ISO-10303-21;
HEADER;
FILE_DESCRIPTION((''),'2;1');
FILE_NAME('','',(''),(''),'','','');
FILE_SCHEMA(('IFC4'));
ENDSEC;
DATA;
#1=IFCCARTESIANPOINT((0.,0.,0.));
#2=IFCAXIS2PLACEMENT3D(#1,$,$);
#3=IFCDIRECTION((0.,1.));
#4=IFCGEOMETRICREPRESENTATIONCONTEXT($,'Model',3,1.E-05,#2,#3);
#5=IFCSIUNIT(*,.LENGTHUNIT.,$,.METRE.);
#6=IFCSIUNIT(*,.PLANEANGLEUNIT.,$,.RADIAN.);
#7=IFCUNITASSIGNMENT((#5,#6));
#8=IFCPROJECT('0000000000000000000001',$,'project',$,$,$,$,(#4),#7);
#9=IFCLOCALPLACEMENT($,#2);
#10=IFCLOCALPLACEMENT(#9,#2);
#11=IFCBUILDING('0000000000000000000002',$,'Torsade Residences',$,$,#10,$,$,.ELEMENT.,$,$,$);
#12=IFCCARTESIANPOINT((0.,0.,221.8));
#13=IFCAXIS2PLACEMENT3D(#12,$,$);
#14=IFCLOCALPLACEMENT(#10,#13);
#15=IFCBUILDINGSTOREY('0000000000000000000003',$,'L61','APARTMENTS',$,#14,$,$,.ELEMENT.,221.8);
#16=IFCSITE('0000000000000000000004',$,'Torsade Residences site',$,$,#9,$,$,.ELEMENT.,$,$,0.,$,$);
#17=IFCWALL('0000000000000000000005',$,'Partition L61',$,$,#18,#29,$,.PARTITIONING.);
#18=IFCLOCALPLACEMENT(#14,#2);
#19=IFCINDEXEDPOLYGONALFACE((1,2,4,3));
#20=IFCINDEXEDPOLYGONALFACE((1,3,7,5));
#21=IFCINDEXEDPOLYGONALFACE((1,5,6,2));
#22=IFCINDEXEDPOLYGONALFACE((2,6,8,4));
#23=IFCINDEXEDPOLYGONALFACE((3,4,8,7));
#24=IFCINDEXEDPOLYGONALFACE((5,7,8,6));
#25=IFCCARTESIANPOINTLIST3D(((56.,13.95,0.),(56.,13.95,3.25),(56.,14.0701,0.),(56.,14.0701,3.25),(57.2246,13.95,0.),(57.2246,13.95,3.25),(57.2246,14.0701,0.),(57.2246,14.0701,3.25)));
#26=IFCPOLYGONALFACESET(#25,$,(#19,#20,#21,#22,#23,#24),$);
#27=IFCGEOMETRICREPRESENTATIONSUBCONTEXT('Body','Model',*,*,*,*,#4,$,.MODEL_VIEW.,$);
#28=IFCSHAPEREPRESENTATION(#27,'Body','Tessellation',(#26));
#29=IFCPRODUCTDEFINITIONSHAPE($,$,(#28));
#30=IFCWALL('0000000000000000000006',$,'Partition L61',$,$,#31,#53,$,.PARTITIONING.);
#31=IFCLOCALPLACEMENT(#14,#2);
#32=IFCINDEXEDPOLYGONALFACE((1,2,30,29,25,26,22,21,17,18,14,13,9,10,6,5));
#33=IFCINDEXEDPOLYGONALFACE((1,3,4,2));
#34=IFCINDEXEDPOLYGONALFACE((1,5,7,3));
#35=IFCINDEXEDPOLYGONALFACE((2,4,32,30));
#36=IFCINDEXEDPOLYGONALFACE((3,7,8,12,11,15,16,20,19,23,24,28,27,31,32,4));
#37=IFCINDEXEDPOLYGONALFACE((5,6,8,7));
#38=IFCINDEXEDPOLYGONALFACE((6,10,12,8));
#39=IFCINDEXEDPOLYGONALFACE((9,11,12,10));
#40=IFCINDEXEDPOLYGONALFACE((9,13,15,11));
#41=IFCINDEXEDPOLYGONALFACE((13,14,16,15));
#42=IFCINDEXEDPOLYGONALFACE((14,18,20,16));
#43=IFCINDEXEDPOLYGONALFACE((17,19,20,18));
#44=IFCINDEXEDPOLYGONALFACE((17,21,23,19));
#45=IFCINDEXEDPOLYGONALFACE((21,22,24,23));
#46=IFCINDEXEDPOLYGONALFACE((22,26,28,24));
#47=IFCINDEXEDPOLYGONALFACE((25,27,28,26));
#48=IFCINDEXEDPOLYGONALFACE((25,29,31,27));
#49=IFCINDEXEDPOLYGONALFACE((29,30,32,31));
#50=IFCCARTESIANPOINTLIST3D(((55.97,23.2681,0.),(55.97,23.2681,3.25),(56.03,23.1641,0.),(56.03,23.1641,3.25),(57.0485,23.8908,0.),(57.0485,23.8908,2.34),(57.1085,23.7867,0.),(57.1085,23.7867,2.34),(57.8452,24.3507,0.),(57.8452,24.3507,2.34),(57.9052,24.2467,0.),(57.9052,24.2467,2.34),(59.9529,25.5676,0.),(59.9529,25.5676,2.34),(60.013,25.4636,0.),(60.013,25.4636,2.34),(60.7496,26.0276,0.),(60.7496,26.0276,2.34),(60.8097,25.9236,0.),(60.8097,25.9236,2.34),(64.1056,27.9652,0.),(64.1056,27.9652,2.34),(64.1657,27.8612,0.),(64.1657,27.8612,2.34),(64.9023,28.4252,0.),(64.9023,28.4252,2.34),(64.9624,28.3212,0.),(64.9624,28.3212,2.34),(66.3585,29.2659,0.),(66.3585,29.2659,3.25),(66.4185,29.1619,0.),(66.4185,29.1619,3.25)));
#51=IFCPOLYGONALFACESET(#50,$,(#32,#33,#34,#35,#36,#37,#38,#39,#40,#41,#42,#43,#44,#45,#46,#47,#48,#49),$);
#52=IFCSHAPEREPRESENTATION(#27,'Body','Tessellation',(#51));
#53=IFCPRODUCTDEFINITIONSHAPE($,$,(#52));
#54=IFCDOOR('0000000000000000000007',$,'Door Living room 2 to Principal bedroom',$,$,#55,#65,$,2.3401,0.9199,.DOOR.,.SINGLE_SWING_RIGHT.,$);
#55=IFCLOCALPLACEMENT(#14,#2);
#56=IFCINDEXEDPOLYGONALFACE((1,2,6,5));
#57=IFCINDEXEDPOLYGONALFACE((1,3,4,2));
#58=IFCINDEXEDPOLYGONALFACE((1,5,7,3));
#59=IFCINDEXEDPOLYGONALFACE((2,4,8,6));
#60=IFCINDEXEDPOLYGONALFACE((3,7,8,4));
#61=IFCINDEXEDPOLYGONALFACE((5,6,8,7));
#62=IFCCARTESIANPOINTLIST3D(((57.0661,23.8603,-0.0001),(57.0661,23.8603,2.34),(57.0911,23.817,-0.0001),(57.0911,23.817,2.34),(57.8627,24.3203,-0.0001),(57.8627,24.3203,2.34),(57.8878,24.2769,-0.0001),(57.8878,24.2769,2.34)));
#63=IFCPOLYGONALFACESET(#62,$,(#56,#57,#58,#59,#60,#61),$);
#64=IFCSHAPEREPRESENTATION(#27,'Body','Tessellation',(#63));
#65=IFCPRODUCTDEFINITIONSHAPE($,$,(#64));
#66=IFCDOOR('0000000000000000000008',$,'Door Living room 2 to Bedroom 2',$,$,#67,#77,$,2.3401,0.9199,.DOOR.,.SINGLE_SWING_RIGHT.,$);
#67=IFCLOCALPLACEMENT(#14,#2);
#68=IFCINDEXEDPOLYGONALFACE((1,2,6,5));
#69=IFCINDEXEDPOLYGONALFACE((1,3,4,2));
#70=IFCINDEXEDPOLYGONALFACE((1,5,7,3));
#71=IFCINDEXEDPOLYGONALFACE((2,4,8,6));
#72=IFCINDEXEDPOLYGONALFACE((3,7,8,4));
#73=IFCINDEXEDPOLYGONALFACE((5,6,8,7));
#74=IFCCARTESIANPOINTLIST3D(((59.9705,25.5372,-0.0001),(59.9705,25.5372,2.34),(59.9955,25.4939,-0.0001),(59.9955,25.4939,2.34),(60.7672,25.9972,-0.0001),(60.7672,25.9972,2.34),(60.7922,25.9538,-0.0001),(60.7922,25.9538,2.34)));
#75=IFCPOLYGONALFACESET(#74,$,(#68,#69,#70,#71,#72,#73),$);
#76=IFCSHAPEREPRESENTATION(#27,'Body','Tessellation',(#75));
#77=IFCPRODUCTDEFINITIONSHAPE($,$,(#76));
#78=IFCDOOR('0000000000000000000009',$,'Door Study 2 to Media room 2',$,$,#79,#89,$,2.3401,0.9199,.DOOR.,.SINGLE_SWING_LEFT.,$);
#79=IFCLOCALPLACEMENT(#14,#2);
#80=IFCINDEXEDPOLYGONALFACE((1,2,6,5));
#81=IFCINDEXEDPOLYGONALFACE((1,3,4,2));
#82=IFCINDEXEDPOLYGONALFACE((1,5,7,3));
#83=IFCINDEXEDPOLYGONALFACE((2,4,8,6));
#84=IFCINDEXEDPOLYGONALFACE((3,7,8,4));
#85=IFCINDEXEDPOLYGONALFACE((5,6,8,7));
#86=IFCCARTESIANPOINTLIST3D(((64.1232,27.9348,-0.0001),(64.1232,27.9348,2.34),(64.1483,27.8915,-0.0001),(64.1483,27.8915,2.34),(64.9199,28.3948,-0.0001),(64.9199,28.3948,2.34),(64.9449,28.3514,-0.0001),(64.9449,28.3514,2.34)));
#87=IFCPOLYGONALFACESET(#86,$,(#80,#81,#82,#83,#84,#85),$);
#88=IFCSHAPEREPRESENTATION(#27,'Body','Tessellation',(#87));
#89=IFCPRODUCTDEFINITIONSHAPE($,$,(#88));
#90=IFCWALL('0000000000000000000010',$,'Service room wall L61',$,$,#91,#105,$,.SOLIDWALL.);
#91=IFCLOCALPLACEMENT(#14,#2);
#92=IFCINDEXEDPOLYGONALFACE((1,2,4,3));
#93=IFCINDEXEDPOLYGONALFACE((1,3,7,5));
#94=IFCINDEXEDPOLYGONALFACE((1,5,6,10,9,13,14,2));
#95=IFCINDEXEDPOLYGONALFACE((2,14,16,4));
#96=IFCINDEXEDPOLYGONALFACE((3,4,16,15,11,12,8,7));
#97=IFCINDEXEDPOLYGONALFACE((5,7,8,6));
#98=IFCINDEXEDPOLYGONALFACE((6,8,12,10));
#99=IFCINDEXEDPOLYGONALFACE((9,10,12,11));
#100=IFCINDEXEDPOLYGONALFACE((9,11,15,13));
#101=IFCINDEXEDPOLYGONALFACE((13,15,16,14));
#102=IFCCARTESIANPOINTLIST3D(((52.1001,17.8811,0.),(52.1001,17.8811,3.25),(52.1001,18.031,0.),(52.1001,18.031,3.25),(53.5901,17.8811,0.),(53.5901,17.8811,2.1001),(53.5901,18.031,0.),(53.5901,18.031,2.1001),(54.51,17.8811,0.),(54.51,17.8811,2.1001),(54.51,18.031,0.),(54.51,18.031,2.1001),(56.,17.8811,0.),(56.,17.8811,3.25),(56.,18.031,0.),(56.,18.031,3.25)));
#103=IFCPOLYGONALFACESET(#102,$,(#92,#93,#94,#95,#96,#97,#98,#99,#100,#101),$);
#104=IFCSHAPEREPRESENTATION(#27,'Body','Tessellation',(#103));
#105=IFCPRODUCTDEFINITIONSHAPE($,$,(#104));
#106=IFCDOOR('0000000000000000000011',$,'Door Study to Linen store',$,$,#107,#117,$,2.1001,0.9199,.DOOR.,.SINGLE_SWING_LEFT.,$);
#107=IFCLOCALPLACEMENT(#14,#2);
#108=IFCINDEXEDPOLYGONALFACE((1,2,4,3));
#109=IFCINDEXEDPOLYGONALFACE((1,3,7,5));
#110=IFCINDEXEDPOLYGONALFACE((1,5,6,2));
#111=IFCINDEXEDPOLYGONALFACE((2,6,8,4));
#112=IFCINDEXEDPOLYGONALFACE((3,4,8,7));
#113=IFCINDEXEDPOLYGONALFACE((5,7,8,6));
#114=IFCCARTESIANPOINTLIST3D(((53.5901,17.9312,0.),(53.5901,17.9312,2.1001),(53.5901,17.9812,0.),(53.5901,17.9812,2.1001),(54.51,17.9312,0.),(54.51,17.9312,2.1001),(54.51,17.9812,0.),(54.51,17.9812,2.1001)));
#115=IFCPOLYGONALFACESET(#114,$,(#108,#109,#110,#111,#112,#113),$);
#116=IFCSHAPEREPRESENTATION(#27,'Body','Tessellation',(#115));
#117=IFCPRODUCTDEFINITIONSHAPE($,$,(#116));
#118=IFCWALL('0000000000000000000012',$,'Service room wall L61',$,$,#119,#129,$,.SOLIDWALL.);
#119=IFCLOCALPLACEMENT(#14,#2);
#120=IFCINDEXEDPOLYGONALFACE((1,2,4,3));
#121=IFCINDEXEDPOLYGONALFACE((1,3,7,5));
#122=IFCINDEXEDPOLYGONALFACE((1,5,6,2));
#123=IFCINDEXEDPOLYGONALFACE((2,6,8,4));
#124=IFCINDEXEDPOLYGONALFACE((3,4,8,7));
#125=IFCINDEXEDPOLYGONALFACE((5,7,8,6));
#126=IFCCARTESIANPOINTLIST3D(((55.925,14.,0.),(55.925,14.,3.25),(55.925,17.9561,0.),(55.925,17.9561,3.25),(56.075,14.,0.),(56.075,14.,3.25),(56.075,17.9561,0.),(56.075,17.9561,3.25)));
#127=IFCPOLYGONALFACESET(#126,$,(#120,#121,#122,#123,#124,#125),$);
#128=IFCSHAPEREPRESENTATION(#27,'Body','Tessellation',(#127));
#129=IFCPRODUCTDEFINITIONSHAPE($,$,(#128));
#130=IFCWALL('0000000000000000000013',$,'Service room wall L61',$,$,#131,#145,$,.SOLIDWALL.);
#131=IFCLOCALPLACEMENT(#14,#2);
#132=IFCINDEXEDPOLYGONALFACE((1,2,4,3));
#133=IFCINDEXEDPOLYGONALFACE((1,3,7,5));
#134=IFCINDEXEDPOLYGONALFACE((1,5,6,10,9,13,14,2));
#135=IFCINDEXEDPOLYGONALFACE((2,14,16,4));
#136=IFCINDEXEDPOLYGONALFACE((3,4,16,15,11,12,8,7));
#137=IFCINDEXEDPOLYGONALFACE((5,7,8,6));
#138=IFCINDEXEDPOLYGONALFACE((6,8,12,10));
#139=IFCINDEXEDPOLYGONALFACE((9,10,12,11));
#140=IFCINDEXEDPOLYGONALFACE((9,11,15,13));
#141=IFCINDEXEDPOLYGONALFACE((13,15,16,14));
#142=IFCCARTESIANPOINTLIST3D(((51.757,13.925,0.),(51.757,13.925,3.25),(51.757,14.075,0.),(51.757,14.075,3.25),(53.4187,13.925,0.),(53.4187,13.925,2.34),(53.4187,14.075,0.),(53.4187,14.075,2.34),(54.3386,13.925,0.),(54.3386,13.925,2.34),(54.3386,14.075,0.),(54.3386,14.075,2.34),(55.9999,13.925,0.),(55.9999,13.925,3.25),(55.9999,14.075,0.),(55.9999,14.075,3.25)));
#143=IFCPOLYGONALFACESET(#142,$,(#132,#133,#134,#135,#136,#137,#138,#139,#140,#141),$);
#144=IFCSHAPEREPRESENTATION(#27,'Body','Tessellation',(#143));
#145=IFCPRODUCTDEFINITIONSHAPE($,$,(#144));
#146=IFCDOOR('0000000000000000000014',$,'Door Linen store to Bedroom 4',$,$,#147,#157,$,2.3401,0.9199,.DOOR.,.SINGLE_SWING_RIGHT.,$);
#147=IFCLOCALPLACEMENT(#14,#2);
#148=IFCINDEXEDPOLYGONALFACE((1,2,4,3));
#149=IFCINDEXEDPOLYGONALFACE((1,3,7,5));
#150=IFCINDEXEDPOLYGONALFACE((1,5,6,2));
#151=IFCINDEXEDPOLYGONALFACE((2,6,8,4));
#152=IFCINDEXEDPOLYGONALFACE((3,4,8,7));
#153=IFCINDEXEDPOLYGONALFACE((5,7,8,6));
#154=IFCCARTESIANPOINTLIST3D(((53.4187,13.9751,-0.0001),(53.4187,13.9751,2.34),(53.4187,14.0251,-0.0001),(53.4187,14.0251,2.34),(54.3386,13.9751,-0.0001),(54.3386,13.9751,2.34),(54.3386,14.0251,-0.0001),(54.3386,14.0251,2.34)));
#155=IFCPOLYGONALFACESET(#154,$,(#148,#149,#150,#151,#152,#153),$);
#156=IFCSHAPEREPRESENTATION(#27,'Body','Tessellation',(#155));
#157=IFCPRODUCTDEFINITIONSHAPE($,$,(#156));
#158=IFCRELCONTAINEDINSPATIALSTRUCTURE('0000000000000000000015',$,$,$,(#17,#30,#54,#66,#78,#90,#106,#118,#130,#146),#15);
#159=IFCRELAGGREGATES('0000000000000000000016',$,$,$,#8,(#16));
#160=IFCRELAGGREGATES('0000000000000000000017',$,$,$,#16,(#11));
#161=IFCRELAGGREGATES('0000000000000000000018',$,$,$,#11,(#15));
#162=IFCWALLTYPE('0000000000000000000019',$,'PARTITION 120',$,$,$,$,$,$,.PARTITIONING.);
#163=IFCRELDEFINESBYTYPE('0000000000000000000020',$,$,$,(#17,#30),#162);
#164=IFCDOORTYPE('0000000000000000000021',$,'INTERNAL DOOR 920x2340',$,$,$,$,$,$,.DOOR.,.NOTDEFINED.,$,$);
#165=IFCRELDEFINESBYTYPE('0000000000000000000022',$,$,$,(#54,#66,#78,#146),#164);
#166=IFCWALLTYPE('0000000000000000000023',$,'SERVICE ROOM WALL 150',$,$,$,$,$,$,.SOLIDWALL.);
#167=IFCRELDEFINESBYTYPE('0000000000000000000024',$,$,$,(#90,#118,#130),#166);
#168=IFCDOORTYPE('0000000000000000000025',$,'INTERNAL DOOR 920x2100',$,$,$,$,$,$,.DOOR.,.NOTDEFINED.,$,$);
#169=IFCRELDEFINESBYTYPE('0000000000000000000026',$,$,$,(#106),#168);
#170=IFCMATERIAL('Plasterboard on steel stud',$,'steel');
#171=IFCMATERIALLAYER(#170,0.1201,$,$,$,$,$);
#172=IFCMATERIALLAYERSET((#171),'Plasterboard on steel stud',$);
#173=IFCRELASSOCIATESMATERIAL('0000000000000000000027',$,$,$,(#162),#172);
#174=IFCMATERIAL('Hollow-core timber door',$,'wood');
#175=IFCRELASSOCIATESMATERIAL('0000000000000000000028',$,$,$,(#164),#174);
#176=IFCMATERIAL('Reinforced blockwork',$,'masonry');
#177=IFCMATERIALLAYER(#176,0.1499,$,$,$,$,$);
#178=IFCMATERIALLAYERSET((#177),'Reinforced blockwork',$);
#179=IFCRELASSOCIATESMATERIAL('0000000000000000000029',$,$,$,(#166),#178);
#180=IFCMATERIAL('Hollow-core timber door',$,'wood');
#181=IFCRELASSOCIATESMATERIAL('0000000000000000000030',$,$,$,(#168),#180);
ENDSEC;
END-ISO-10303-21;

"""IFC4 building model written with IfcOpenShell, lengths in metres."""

from ifc_helpers import new_model, si_unit, direction, frame, frame_2d, origin, place, context, subcontext, project, spatial, rectangle, extrude, material, layer, layer_set, type_object, element, fill, save


model = new_model("IFC4")

# Units and contexts
model_context = context("Model", 3, precision=1e-05, world=origin(), true_north=direction((0.0, 1.0)))
body_context = subcontext(model_context, "Body", "Model", "MODEL_VIEW")
ifc_project = project(units=[si_unit("LENGTHUNIT", "METRE"), si_unit("PLANEANGLEUNIT", "RADIAN")], contexts=[model_context])

# Site, building, storey
site_placement = place(None, origin())
site = spatial("IfcSite", under=ifc_project, at=site_placement, Name="Torsade Residences site", CompositionType="ELEMENT", RefElevation=0.0)
building_placement = place(site_placement, origin())
building = spatial("IfcBuilding", under=site, at=building_placement, Name="Torsade Residences", CompositionType="ELEMENT")
storey_placement = place(building_placement, frame((0.0, 0.0, 221.8)))
storey = spatial("IfcBuildingStorey", under=building, at=storey_placement, Name="L61", Description="APARTMENTS", CompositionType="ELEMENT", Elevation=221.8)

# Shared definitions
ifc_material_1 = material(Name="Plasterboard on steel stud", Category="steel")
ifc_layer_1 = layer(ifc_material_1, 0.1201)
ifc_layer_set_1 = layer_set([ifc_layer_1], Name="Plasterboard on steel stud")
wall_type_1 = type_object("IfcWallType", Name="PARTITION 120", PredefinedType="PARTITIONING", material=ifc_layer_set_1)
ifc_material_2 = material(Name="Hollow-core timber door", Category="wood")
door_type_1 = type_object("IfcDoorType", Name="INTERNAL DOOR 920x2340", OperationType="NOTDEFINED", PredefinedType="DOOR", material=ifc_material_2)

# Wall
wall_1_placement = place(storey_placement, frame((57.2246, 14.01, 0.0), z_axis=(0.0, 0.0, 1.0), x_axis=(-1.0, 0.0, 0.0)))
element("IfcWall", 1, at=wall_1_placement, inside=storey, type_object=wall_type_1, Name="Partition L61", PredefinedType="PARTITIONING", context=body_context, shape_type="SweptSolid", body=[
    extrude(rectangle(XDim=1.2246, YDim=0.1201, at=frame_2d((0.6123, 0.0))), origin(), (0.0, 0.0, 1.0), 3.25),
])

# Wall, openings, doors
wall_2_placement = place(storey_placement, frame((56.0, 23.2161, 0.0), z_axis=(0.0, 0.0, 1.0), x_axis=(0.866024, 0.500003, 0.0)))
wall_2 = element("IfcWall", 2, at=wall_2_placement, inside=storey, type_object=wall_type_1, Name="Partition L61", PredefinedType="PARTITIONING", context=body_context, shape_type="SweptSolid", body=[
    extrude(rectangle(XDim=11.9956, YDim=0.1201, at=frame_2d((5.9978, 0.0))), origin(), (0.0, 0.0, 1.0), 3.25),
])
opening_1_placement = place(wall_2_placement, frame((1.2454, 0.0, 0.0)))
opening_1 = element("IfcOpeningElement", 3, at=opening_1_placement, cuts=wall_2, PredefinedType="OPENING", context=body_context, shape_type="SweptSolid", body=[
    extrude(rectangle(XDim=0.9199, YDim=2.3401, at=frame_2d((0.46, 1.1699))), frame((0.0, 0.0701, 0.0), z_axis=(0.0, -1.0, 0.0), x_axis=(1.0, 0.0, 0.0)), (0.0, 0.0, 1.0), 0.1401),
])
opening_2_placement = place(wall_2_placement, frame((4.5991, 0.0, 0.0)))
opening_2 = element("IfcOpeningElement", 4, at=opening_2_placement, cuts=wall_2, PredefinedType="OPENING", context=body_context, shape_type="SweptSolid", body=[
    extrude(rectangle(XDim=0.9199, YDim=2.3401, at=frame_2d((0.46, 1.1699))), frame((0.0, 0.0701, 0.0), z_axis=(0.0, -1.0, 0.0), x_axis=(1.0, 0.0, 0.0)), (0.0, 0.0, 1.0), 0.1401),
])
opening_3_placement = place(wall_2_placement, frame((9.3943, 0.0, 0.0)))
opening_3 = element("IfcOpeningElement", 5, at=opening_3_placement, cuts=wall_2, PredefinedType="OPENING", context=body_context, shape_type="SweptSolid", body=[
    extrude(rectangle(XDim=0.9199, YDim=2.3401, at=frame_2d((0.46, 1.1699))), frame((0.0, 0.0701, 0.0), z_axis=(0.0, -1.0, 0.0), x_axis=(1.0, 0.0, 0.0)), (0.0, 0.0, 1.0), 0.1401),
])
door_1_placement = place(opening_1_placement, origin())
door_1 = element("IfcDoor", 6, at=door_1_placement, inside=storey, type_object=door_type_1, Name="Door Living room 2 to Principal bedroom", OperationType="SINGLE_SWING_RIGHT", OverallHeight=2.3401, OverallWidth=0.9199, PredefinedType="DOOR", context=body_context, shape_type="SweptSolid", body=[
    extrude(rectangle(XDim=0.9199, YDim=2.3401, at=frame_2d((0.46, 1.1699))), frame((0.0, 0.0249, 0.0), z_axis=(0.0, -1.0, 0.0), x_axis=(1.0, 0.0, 0.0)), (0.0, 0.0, 1.0), 0.05),
])
fill(opening_1, door_1)
door_2_placement = place(opening_2_placement, origin())
door_2 = element("IfcDoor", 7, at=door_2_placement, inside=storey, type_object=door_type_1, Name="Door Living room 2 to Bedroom 2", OperationType="SINGLE_SWING_RIGHT", OverallHeight=2.3401, OverallWidth=0.9199, PredefinedType="DOOR", context=body_context, shape_type="SweptSolid", body=[
    extrude(rectangle(XDim=0.9199, YDim=2.3401, at=frame_2d((0.46, 1.1699))), frame((0.0, 0.0249, 0.0), z_axis=(0.0, -1.0, 0.0), x_axis=(1.0, 0.0, 0.0)), (0.0, 0.0, 1.0), 0.05),
])
fill(opening_2, door_2)
door_3_placement = place(opening_3_placement, origin())
door_3 = element("IfcDoor", 8, at=door_3_placement, inside=storey, type_object=door_type_1, Name="Door Study 2 to Media room 2", OperationType="SINGLE_SWING_LEFT", OverallHeight=2.3401, OverallWidth=0.9199, PredefinedType="DOOR", context=body_context, shape_type="SweptSolid", body=[
    extrude(rectangle(XDim=0.9199, YDim=2.3401, at=frame_2d((0.46, 1.1699))), frame((0.0, 0.0249, 0.0), z_axis=(0.0, -1.0, 0.0), x_axis=(1.0, 0.0, 0.0)), (0.0, 0.0, 1.0), 0.05),
])
fill(opening_3, door_3)

# Wall, opening, door
ifc_material_3 = material(Name="Reinforced blockwork", Category="masonry")
ifc_layer_2 = layer(ifc_material_3, 0.1499)
ifc_layer_set_2 = layer_set([ifc_layer_2], Name="Reinforced blockwork")
wall_type_2 = type_object("IfcWallType", Name="SERVICE ROOM WALL 150", PredefinedType="SOLIDWALL", material=ifc_layer_set_2)
wall_3_placement = place(storey_placement, frame((56.0, 17.9561, 0.0), z_axis=(0.0, 0.0, 1.0), x_axis=(-1.0, 0.0, 0.0)))
wall_3 = element("IfcWall", 9, at=wall_3_placement, inside=storey, type_object=wall_type_2, Name="Service room wall L61", PredefinedType="SOLIDWALL", context=body_context, shape_type="SweptSolid", body=[
    extrude(rectangle(XDim=3.8999, YDim=0.1499, at=frame_2d((1.95, 0.0))), origin(), (0.0, 0.0, 1.0), 3.25),
])
opening_4_placement = place(wall_3_placement, frame((1.49, 0.0, 0.0)))
opening_4 = element("IfcOpeningElement", 10, at=opening_4_placement, cuts=wall_3, PredefinedType="OPENING", context=body_context, shape_type="SweptSolid", body=[
    extrude(rectangle(XDim=0.9199, YDim=2.1001, at=frame_2d((0.46, 1.05))), frame((0.0, 0.085, 0.0), z_axis=(0.0, -1.0, 0.0), x_axis=(1.0, 0.0, 0.0)), (0.0, 0.0, 1.0), 0.1699),
])
ifc_material_4 = material(Name="Hollow-core timber door", Category="wood")
door_type_2 = type_object("IfcDoorType", Name="INTERNAL DOOR 920x2100", OperationType="NOTDEFINED", PredefinedType="DOOR", material=ifc_material_4)
door_4_placement = place(opening_4_placement, origin())
door_4 = element("IfcDoor", 11, at=door_4_placement, inside=storey, type_object=door_type_2, Name="Door Study to Linen store", OperationType="SINGLE_SWING_LEFT", OverallHeight=2.1001, OverallWidth=0.9199, PredefinedType="DOOR", context=body_context, shape_type="SweptSolid", body=[
    extrude(rectangle(XDim=0.9199, YDim=2.1001, at=frame_2d((0.46, 1.05))), frame((0.0, 0.0249, 0.0), z_axis=(0.0, -1.0, 0.0), x_axis=(1.0, 0.0, 0.0)), (0.0, 0.0, 1.0), 0.05),
])
fill(opening_4, door_4)

# Wall
wall_4_placement = place(storey_placement, frame((56.0, 17.9561, 0.0), z_axis=(0.0, 0.0, 1.0), x_axis=(0.0, -1.0, 0.0)))
element("IfcWall", 12, at=wall_4_placement, inside=storey, type_object=wall_type_2, Name="Service room wall L61", PredefinedType="SOLIDWALL", context=body_context, shape_type="SweptSolid", body=[
    extrude(rectangle(XDim=3.9561, YDim=0.1499, at=frame_2d((1.978, 0.0))), origin(), (0.0, 0.0, 1.0), 3.25),
])

# Wall, opening, door
wall_5_placement = place(storey_placement, frame((56.0, 14.0, 0.0), z_axis=(0.0, 0.0, 1.0), x_axis=(-1.0, 0.0, 0.0)))
wall_5 = element("IfcWall", 13, at=wall_5_placement, inside=storey, type_object=wall_type_2, Name="Service room wall L61", PredefinedType="SOLIDWALL", context=body_context, shape_type="SweptSolid", body=[
    extrude(rectangle(XDim=4.2429, YDim=0.1499, at=frame_2d((2.1216, 0.0))), origin(), (0.0, 0.0, 1.0), 3.25),
])
opening_5_placement = place(wall_5_placement, frame((1.6614, 0.0, 0.0)))
opening_5 = element("IfcOpeningElement", 14, at=opening_5_placement, cuts=wall_5, PredefinedType="OPENING", context=body_context, shape_type="SweptSolid", body=[
    extrude(rectangle(XDim=0.9199, YDim=2.3401, at=frame_2d((0.46, 1.1699))), frame((0.0, 0.085, 0.0), z_axis=(0.0, -1.0, 0.0), x_axis=(1.0, 0.0, 0.0)), (0.0, 0.0, 1.0), 0.1699),
])
door_5_placement = place(opening_5_placement, origin())
door_5 = element("IfcDoor", 15, at=door_5_placement, inside=storey, type_object=door_type_1, Name="Door Linen store to Bedroom 4", OperationType="SINGLE_SWING_RIGHT", OverallHeight=2.3401, OverallWidth=0.9199, PredefinedType="DOOR", context=body_context, shape_type="SweptSolid", body=[
    extrude(rectangle(XDim=0.9199, YDim=2.3401, at=frame_2d((0.46, 1.1699))), frame((0.0, 0.0249, 0.0), z_axis=(0.0, -1.0, 0.0), x_axis=(1.0, 0.0, 0.0)), (0.0, 0.0, 1.0), 0.05),
])
fill(opening_5, door_5)

save(model, "model.ifc")
